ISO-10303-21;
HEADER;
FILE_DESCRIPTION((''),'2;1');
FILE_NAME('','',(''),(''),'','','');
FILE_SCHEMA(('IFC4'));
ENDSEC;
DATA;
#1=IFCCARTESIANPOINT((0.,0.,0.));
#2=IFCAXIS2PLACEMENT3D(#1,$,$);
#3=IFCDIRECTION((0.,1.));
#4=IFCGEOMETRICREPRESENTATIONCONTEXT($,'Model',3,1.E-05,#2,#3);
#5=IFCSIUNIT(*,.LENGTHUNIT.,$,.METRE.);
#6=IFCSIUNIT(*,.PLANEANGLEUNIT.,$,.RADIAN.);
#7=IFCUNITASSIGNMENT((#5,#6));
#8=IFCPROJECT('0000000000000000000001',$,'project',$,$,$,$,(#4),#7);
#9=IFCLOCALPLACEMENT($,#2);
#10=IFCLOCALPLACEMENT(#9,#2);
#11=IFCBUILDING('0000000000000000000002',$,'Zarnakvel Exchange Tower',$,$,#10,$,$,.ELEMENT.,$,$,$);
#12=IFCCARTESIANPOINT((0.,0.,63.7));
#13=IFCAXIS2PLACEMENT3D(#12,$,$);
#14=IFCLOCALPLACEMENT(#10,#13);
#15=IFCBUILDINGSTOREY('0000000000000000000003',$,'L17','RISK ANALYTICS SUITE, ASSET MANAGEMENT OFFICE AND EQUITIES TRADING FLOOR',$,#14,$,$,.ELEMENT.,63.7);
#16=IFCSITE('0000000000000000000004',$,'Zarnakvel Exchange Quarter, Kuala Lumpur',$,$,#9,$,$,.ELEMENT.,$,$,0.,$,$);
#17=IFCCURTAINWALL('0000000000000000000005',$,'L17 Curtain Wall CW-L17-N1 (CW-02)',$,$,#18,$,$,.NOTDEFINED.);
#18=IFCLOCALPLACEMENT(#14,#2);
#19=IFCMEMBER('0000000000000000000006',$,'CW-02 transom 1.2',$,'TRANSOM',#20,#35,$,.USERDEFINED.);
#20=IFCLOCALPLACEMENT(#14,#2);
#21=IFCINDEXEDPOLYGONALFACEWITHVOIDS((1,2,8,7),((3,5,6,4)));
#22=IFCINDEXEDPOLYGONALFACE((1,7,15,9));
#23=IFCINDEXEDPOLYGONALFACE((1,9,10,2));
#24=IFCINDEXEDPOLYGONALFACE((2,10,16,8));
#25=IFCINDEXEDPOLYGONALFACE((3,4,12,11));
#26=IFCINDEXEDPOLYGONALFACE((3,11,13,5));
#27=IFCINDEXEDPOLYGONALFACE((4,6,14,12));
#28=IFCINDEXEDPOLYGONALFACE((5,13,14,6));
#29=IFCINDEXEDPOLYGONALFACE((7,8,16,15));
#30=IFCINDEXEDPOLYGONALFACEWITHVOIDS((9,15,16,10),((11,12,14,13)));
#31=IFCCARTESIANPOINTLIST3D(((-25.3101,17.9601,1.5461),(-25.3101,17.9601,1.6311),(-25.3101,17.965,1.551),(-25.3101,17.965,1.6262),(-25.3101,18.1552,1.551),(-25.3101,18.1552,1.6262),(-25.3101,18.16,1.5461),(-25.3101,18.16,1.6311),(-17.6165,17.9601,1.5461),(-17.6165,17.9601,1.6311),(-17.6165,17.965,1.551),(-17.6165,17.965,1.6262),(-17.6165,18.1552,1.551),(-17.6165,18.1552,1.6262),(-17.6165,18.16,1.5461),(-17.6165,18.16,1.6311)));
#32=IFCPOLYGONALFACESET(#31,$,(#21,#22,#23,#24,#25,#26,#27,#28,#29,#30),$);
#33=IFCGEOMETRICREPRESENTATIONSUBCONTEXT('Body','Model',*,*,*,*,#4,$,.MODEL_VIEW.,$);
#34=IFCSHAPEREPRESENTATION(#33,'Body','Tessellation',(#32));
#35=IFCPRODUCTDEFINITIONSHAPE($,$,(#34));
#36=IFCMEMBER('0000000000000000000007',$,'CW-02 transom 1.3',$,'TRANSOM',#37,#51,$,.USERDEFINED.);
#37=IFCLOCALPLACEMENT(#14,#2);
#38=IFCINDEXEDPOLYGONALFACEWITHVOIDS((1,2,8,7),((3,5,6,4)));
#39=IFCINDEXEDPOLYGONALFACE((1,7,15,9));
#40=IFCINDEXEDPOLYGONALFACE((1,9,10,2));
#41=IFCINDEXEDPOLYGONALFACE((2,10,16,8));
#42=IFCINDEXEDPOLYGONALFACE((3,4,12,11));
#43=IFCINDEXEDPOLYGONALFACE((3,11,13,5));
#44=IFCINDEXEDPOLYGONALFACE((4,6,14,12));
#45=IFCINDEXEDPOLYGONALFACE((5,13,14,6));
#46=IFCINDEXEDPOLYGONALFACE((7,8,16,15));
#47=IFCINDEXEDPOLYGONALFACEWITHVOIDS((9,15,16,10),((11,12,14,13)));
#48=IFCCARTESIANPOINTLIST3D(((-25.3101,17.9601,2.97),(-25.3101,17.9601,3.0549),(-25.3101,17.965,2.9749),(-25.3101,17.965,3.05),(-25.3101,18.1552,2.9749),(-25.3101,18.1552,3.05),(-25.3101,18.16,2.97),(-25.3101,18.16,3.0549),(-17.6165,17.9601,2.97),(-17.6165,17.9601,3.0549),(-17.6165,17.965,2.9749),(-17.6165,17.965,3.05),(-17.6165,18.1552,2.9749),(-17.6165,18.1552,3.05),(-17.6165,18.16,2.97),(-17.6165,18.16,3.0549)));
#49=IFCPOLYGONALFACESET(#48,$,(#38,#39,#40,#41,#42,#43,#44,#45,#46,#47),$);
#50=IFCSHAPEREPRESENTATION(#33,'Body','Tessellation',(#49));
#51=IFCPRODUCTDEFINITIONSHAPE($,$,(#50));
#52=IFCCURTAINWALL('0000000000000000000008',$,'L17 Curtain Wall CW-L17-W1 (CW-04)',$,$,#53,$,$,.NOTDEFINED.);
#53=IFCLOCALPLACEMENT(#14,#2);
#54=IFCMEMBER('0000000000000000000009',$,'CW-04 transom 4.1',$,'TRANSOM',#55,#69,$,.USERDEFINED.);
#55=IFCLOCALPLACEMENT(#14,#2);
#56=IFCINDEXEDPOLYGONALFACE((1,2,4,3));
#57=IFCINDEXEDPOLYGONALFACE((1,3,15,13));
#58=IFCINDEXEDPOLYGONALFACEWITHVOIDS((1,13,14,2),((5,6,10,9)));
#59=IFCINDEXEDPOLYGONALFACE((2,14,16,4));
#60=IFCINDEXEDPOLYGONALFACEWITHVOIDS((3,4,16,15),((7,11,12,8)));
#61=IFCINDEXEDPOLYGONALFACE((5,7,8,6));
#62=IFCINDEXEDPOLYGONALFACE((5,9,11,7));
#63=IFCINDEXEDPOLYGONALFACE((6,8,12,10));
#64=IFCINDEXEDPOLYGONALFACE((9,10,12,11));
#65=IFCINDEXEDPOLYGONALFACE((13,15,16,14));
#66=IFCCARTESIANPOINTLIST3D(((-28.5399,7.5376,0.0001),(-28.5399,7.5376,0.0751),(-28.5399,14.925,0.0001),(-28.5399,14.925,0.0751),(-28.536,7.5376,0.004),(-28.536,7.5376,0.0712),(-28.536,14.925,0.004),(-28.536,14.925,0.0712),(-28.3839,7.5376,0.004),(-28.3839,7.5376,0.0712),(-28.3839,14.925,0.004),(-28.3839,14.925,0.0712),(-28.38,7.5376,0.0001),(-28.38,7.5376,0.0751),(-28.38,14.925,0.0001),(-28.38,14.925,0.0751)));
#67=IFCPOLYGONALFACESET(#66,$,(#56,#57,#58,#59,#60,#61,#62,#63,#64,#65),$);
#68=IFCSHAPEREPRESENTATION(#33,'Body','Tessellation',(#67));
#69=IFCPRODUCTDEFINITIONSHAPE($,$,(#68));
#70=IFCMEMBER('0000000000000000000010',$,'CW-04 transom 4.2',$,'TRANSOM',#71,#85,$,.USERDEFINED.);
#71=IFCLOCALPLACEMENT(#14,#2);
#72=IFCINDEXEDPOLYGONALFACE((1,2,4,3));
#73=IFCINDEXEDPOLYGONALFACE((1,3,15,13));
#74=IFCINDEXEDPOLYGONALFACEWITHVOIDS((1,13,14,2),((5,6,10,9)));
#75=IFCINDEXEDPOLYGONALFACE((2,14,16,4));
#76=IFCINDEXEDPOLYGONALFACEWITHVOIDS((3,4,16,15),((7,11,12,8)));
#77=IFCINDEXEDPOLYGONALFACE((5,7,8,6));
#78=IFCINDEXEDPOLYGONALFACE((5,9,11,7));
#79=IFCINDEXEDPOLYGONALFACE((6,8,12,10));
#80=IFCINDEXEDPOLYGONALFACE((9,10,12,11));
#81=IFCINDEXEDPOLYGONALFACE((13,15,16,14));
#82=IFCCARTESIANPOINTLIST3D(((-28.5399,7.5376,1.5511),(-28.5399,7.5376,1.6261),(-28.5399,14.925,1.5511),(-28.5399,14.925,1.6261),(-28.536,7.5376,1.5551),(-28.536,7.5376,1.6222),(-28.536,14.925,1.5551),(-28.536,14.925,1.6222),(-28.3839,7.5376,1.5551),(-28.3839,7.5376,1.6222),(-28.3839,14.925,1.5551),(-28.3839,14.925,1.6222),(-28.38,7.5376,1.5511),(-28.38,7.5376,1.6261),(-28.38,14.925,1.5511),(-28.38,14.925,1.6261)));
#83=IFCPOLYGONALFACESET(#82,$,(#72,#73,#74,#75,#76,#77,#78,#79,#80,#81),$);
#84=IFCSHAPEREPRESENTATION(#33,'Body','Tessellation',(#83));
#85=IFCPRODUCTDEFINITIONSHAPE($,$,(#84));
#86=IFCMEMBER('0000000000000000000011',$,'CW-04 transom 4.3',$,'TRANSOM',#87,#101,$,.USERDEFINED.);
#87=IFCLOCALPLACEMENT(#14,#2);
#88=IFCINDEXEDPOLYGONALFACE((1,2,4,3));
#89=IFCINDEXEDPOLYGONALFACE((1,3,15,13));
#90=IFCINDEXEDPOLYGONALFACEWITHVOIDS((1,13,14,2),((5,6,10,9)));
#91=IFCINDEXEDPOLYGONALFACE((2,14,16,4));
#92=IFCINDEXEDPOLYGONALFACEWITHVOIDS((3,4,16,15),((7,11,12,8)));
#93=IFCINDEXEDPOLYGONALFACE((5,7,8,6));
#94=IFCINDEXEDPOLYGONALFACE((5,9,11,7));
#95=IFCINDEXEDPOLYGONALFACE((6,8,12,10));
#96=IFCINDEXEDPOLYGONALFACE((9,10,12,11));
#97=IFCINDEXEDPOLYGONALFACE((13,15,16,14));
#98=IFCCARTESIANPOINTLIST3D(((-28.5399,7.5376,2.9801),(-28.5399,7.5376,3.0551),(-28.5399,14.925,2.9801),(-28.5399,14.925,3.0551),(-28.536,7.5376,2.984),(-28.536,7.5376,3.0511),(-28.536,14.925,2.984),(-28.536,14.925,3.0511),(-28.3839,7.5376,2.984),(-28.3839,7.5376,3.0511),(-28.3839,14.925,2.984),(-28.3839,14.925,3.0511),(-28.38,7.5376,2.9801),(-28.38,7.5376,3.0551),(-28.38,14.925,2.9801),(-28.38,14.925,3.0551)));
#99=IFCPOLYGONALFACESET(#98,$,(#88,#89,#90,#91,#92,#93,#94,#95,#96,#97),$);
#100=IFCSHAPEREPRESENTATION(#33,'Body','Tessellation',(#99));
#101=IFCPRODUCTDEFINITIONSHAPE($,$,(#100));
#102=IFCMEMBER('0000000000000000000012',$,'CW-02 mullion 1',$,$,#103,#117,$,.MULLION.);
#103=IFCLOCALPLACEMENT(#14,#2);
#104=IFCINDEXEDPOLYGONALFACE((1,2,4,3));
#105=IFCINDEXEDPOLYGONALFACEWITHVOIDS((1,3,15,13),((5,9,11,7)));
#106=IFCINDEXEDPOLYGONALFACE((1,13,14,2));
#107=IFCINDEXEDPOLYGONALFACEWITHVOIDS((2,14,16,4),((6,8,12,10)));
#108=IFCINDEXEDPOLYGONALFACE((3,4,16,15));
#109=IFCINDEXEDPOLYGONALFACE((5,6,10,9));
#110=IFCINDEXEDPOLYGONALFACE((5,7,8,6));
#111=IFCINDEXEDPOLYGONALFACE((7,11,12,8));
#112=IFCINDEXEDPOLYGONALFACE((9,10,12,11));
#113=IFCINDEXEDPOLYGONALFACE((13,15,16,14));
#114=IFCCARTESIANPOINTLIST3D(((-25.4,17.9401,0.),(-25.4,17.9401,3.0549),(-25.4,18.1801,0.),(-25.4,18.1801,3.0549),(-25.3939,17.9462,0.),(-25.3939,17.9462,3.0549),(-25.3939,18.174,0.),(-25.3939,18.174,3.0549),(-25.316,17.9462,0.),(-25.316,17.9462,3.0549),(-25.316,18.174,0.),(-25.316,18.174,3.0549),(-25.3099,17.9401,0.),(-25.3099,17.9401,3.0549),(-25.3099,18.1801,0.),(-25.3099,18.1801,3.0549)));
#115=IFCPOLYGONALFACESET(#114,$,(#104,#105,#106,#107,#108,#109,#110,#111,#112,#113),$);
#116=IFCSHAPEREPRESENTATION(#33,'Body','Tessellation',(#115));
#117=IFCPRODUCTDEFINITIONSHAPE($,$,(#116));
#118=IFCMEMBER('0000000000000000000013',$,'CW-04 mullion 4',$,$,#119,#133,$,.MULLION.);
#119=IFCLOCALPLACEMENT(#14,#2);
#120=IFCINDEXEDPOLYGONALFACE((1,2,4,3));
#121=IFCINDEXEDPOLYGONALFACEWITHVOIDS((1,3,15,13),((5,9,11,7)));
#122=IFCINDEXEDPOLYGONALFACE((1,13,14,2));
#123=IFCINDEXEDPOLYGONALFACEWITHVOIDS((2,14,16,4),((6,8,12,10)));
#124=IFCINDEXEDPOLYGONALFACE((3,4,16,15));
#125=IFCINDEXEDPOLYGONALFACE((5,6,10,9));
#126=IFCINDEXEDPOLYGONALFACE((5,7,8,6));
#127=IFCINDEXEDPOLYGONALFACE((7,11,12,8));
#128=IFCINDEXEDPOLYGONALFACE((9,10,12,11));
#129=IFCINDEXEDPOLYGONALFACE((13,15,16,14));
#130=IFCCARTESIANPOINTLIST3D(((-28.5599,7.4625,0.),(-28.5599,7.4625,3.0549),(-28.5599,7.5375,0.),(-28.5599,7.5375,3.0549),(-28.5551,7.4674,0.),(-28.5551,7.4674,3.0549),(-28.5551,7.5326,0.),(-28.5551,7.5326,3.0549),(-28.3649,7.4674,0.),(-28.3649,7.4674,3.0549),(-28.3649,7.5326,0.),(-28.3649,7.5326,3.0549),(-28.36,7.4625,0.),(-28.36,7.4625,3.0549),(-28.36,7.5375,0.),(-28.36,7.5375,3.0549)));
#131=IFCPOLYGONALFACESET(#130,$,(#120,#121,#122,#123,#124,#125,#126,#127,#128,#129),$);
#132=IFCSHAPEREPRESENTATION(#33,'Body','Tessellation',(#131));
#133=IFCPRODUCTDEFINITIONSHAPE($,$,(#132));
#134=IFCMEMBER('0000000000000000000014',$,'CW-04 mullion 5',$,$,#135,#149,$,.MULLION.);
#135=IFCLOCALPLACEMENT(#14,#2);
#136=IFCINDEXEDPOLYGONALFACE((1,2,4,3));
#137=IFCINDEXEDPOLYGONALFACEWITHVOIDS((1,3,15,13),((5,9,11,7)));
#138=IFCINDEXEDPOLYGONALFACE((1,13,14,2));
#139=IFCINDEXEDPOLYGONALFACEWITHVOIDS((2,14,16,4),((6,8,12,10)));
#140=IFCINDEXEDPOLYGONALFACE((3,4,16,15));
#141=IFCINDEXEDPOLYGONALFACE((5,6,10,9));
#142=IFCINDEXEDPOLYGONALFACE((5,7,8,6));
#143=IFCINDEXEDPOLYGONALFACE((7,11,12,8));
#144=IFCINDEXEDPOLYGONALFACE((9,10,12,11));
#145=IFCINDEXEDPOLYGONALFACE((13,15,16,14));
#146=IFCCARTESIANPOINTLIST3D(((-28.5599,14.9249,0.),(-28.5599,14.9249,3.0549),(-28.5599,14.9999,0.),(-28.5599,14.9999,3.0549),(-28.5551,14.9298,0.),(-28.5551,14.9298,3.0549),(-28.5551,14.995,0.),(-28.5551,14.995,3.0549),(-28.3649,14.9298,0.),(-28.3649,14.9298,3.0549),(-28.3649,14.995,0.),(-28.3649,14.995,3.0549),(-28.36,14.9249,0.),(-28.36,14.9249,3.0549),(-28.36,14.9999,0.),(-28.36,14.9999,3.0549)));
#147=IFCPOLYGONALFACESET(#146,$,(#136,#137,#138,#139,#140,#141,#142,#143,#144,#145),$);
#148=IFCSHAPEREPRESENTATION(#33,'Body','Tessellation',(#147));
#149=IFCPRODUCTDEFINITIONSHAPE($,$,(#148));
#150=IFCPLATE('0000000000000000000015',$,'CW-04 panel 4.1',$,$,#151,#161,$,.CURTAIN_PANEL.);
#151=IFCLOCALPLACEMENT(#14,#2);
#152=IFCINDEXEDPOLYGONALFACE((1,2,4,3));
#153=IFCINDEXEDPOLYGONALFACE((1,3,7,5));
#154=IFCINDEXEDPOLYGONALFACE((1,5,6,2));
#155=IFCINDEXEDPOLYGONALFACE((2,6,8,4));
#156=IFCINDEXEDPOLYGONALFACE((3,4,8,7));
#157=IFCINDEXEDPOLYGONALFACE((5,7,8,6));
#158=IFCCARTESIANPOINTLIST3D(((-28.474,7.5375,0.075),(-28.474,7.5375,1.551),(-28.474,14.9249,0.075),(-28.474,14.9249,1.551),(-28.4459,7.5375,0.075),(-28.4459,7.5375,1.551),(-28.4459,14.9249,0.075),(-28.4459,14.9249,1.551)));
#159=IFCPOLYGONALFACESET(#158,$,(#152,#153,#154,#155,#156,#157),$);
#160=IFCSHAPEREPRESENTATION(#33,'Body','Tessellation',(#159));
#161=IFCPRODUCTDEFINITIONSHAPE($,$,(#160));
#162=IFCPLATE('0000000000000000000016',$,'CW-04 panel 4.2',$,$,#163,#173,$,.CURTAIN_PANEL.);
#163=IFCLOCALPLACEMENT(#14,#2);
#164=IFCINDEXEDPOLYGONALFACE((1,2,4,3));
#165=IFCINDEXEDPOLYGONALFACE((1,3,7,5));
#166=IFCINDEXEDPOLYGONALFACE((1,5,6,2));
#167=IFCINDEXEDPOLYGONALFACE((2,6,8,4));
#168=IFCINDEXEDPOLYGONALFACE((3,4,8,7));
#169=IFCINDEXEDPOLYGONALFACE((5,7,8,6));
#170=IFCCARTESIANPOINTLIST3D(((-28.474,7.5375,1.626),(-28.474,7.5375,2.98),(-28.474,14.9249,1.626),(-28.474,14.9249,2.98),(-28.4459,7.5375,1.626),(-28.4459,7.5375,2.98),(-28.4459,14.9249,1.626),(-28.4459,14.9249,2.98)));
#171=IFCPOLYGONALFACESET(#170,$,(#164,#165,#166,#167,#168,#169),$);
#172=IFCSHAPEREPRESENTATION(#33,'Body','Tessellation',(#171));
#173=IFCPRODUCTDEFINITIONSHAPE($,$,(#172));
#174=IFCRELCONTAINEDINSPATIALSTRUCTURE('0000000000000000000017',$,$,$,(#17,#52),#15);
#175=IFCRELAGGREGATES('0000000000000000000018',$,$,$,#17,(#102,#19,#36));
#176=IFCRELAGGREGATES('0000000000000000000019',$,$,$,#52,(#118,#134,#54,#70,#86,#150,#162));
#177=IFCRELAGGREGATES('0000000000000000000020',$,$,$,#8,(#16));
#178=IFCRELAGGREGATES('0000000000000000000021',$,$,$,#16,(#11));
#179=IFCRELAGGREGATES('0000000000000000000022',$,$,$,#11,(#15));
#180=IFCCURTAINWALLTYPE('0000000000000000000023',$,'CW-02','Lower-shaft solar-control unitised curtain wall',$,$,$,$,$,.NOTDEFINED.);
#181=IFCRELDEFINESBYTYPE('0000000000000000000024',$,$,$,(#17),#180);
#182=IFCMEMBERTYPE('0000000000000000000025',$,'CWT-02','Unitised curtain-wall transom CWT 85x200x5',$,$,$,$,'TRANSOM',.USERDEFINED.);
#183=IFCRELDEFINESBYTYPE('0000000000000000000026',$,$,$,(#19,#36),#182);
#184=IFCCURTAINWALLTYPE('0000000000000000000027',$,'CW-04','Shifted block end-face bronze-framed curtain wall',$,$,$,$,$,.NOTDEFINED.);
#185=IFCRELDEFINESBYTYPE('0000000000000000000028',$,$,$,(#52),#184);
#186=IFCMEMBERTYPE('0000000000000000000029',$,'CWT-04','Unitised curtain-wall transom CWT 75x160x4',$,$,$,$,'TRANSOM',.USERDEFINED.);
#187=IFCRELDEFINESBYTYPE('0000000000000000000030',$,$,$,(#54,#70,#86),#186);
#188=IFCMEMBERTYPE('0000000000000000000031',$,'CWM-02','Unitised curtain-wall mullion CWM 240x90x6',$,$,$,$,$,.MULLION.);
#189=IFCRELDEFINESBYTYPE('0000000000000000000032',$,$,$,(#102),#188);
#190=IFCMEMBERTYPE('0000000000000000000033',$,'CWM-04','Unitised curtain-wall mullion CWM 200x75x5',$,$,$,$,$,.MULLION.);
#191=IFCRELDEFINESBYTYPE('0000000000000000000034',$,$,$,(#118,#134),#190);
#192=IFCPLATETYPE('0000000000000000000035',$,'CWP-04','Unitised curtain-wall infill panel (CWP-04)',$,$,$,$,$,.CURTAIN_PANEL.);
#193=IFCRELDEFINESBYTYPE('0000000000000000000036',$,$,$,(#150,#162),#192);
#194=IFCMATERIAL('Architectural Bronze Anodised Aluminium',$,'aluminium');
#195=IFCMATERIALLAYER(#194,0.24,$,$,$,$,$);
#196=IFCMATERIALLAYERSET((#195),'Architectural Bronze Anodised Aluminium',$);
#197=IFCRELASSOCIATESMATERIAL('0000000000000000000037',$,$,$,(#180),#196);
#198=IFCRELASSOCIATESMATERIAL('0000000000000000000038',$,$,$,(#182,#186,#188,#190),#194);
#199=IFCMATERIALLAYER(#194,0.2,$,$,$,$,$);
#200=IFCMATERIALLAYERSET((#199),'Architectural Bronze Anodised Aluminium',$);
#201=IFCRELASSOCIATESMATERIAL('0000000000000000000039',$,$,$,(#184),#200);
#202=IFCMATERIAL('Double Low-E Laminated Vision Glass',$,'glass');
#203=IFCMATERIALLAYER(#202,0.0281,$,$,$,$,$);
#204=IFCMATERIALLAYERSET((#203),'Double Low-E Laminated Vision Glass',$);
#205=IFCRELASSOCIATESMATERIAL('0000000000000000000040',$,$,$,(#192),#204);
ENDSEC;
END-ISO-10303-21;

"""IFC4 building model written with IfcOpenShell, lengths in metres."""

from ifc_helpers import new_model, si_unit, direction, frame, origin, origin_2d, place, context, subcontext, project, spatial, rectangle, hollow_rectangle, extrude, source, transform, mapped, material, layer, layer_set, material_profile, profile_set, type_object, element, aggregate, save


model = new_model("IFC4")

# Units and contexts
model_context = context("Model", 3, precision=1e-05, world=origin(), true_north=direction((0.0, 1.0)))
body_context = subcontext(model_context, "Body", "Model", "MODEL_VIEW")
ifc_project = project(units=[si_unit("LENGTHUNIT", "METRE"), si_unit("PLANEANGLEUNIT", "RADIAN")], contexts=[model_context])

# Site, building, storey
site_placement = place(None, origin())
site = spatial("IfcSite", under=ifc_project, at=site_placement, Name="Zarnakvel Exchange Quarter, Kuala Lumpur", CompositionType="ELEMENT", RefElevation=0.0)
building_placement = place(site_placement, origin())
building = spatial("IfcBuilding", under=site, at=building_placement, Name="Zarnakvel Exchange Tower", CompositionType="ELEMENT")
storey_placement = place(building_placement, frame((0.0, 0.0, 63.7)))
storey = spatial("IfcBuildingStorey", under=building, at=storey_placement, Name="L17", Description="RISK ANALYTICS SUITE, ASSET MANAGEMENT OFFICE AND EQUITIES TRADING FLOOR", CompositionType="ELEMENT", Elevation=63.7)

# Curtain walls, members
ifc_material_1 = material(Name="Architectural Bronze Anodised Aluminium", Category="aluminium")
ifc_layer_1 = layer(ifc_material_1, 0.24)
ifc_layer_set_1 = layer_set([ifc_layer_1], Name="Architectural Bronze Anodised Aluminium")
curtain_wall_type_1 = type_object("IfcCurtainWallType", Name="CW-02", Description="Lower-shaft solar-control unitised curtain wall", PredefinedType="NOTDEFINED", material=ifc_layer_set_1)
curtain_wall_1_placement = place(storey_placement, origin())
curtain_wall_1 = element("IfcCurtainWall", 1, at=curtain_wall_1_placement, inside=storey, type_object=curtain_wall_type_1, Name="L17 Curtain Wall CW-L17-N1 (CW-02)", PredefinedType="NOTDEFINED")
ifc_material_profile_1 = material_profile(ifc_material_1, hollow_rectangle(XDim=0.2, YDim=0.085, WallThickness=0.0049, at=origin_2d()))
ifc_profile_set_1 = profile_set([ifc_material_profile_1], Name="Architectural Bronze Anodised Aluminium")
member_type_1 = type_object("IfcMemberType", Name="CWT-02", Description="Unitised curtain-wall transom CWT 85x200x5", ElementType="TRANSOM", PredefinedType="USERDEFINED", material=ifc_profile_set_1)
shared_shape_1 = source(origin(), body_context, "Body", "SweptSolid", [
    extrude(hollow_rectangle(XDim=0.2, YDim=0.085, WallThickness=0.0049, at=origin_2d()), origin(), (0.0, 0.0, 1.0), 7.6936),
])
member_1_placement = place(storey_placement, frame((-25.3101, 18.0601, 1.5886), z_axis=(1.0, 0.0, 0.0), x_axis=(0.0, 1.0, 0.0)))
member_1 = element("IfcMember", 2, at=member_1_placement, type_object=member_type_1, Name="CW-02 transom 1.2", ObjectType="TRANSOM", PredefinedType="USERDEFINED", context=body_context, shape_type="MappedRepresentation", body=[
    mapped(shared_shape_1, transform((0.0, 0.0, 0.0), x_axis=(1.0, 0.0, 0.0), y_axis=(0.0, 1.0, 0.0), z_axis=(0.0, 0.0, 1.0), scale=1.0)),
])
member_2_placement = place(storey_placement, frame((-25.3101, 18.0601, 3.0125), z_axis=(1.0, 0.0, 0.0), x_axis=(0.0, 1.0, 0.0)))
member_2 = element("IfcMember", 3, at=member_2_placement, type_object=member_type_1, Name="CW-02 transom 1.3", ObjectType="TRANSOM", PredefinedType="USERDEFINED", context=body_context, shape_type="MappedRepresentation", body=[
    mapped(shared_shape_1, transform((0.0, 0.0, 0.0), x_axis=(1.0, 0.0, 0.0), y_axis=(0.0, 1.0, 0.0), z_axis=(0.0, 0.0, 1.0), scale=1.0)),
])
ifc_layer_2 = layer(ifc_material_1, 0.2)
ifc_layer_set_2 = layer_set([ifc_layer_2], Name="Architectural Bronze Anodised Aluminium")
curtain_wall_type_2 = type_object("IfcCurtainWallType", Name="CW-04", Description="Shifted block end-face bronze-framed curtain wall", PredefinedType="NOTDEFINED", material=ifc_layer_set_2)
curtain_wall_2_placement = place(storey_placement, origin())
curtain_wall_2 = element("IfcCurtainWall", 4, at=curtain_wall_2_placement, inside=storey, type_object=curtain_wall_type_2, Name="L17 Curtain Wall CW-L17-W1 (CW-04)", PredefinedType="NOTDEFINED")
ifc_material_profile_2 = material_profile(ifc_material_1, hollow_rectangle(XDim=0.1599, YDim=0.075, WallThickness=0.0039, at=origin_2d()))
ifc_profile_set_2 = profile_set([ifc_material_profile_2], Name="Architectural Bronze Anodised Aluminium")
member_type_2 = type_object("IfcMemberType", Name="CWT-04", Description="Unitised curtain-wall transom CWT 75x160x4", ElementType="TRANSOM", PredefinedType="USERDEFINED", material=ifc_profile_set_2)
shared_shape_2 = source(origin(), body_context, "Body", "SweptSolid", [
    extrude(hollow_rectangle(XDim=0.1599, YDim=0.075, WallThickness=0.0039, at=origin_2d()), origin(), (0.0, 0.0, 1.0), 7.3875),
])
member_3_placement = place(storey_placement, frame((-28.46, 7.5376, 0.0376), z_axis=(0.0, 1.0, 0.0), x_axis=(-1.0, 0.0, 0.0)))
member_3 = element("IfcMember", 5, at=member_3_placement, type_object=member_type_2, Name="CW-04 transom 4.1", ObjectType="TRANSOM", PredefinedType="USERDEFINED", context=body_context, shape_type="MappedRepresentation", body=[
    mapped(shared_shape_2, transform((0.0, 0.0, 0.0), x_axis=(1.0, 0.0, 0.0), y_axis=(0.0, 1.0, 0.0), z_axis=(0.0, 0.0, 1.0), scale=1.0)),
])
member_4_placement = place(storey_placement, frame((-28.46, 7.5376, 1.5886), z_axis=(0.0, 1.0, 0.0), x_axis=(-1.0, 0.0, 0.0)))
member_4 = element("IfcMember", 6, at=member_4_placement, type_object=member_type_2, Name="CW-04 transom 4.2", ObjectType="TRANSOM", PredefinedType="USERDEFINED", context=body_context, shape_type="MappedRepresentation", body=[
    mapped(shared_shape_2, transform((0.0, 0.0, 0.0), x_axis=(1.0, 0.0, 0.0), y_axis=(0.0, 1.0, 0.0), z_axis=(0.0, 0.0, 1.0), scale=1.0)),
])
member_5_placement = place(storey_placement, frame((-28.46, 7.5376, 3.0176), z_axis=(0.0, 1.0, 0.0), x_axis=(-1.0, 0.0, 0.0)))
member_5 = element("IfcMember", 7, at=member_5_placement, type_object=member_type_2, Name="CW-04 transom 4.3", ObjectType="TRANSOM", PredefinedType="USERDEFINED", context=body_context, shape_type="MappedRepresentation", body=[
    mapped(shared_shape_2, transform((0.0, 0.0, 0.0), x_axis=(1.0, 0.0, 0.0), y_axis=(0.0, 1.0, 0.0), z_axis=(0.0, 0.0, 1.0), scale=1.0)),
])

# Members
ifc_material_profile_3 = material_profile(ifc_material_1, hollow_rectangle(XDim=0.24, YDim=0.0901, WallThickness=0.0061, at=origin_2d()))
ifc_profile_set_3 = profile_set([ifc_material_profile_3], Name="Architectural Bronze Anodised Aluminium")
member_type_3 = type_object("IfcMemberType", Name="CWM-02", Description="Unitised curtain-wall mullion CWM 240x90x6", PredefinedType="MULLION", material=ifc_profile_set_3)
shared_shape_3 = source(origin(), body_context, "Body", "SweptSolid", [
    extrude(hollow_rectangle(XDim=0.24, YDim=0.0901, WallThickness=0.0061, at=origin_2d()), origin(), (0.0, 0.0, 1.0), 3.0549),
])
member_6_placement = place(storey_placement, frame((-25.355, 18.0601, 0.0), z_axis=(0.0, 0.0, 1.0), x_axis=(0.0, 1.0, 0.0)))
member_6 = element("IfcMember", 8, at=member_6_placement, type_object=member_type_3, Name="CW-02 mullion 1", PredefinedType="MULLION", context=body_context, shape_type="MappedRepresentation", body=[
    mapped(shared_shape_3, transform((0.0, 0.0, 0.0), x_axis=(1.0, 0.0, 0.0), y_axis=(0.0, 1.0, 0.0), z_axis=(0.0, 0.0, 1.0), scale=1.0)),
])
aggregate(curtain_wall_1, [member_6, member_1, member_2])
ifc_material_profile_4 = material_profile(ifc_material_1, hollow_rectangle(XDim=0.2, YDim=0.075, WallThickness=0.0049, at=origin_2d()))
ifc_profile_set_4 = profile_set([ifc_material_profile_4], Name="Architectural Bronze Anodised Aluminium")
member_type_4 = type_object("IfcMemberType", Name="CWM-04", Description="Unitised curtain-wall mullion CWM 200x75x5", PredefinedType="MULLION", material=ifc_profile_set_4)
shared_shape_4 = source(origin(), body_context, "Body", "SweptSolid", [
    extrude(hollow_rectangle(XDim=0.2, YDim=0.075, WallThickness=0.0049, at=origin_2d()), origin(), (0.0, 0.0, 1.0), 3.0549),
])
member_7_placement = place(storey_placement, frame((-28.46, 7.5, 0.0), z_axis=(0.0, 0.0, 1.0), x_axis=(-1.0, 0.0, 0.0)))
member_7 = element("IfcMember", 9, at=member_7_placement, type_object=member_type_4, Name="CW-04 mullion 4", PredefinedType="MULLION", context=body_context, shape_type="MappedRepresentation", body=[
    mapped(shared_shape_4, transform((0.0, 0.0, 0.0), x_axis=(1.0, 0.0, 0.0), y_axis=(0.0, 1.0, 0.0), z_axis=(0.0, 0.0, 1.0), scale=1.0)),
])
member_8_placement = place(storey_placement, frame((-28.46, 14.9624, 0.0), z_axis=(0.0, 0.0, 1.0), x_axis=(-1.0, 0.0, 0.0)))
member_8 = element("IfcMember", 10, at=member_8_placement, type_object=member_type_4, Name="CW-04 mullion 5", PredefinedType="MULLION", context=body_context, shape_type="MappedRepresentation", body=[
    mapped(shared_shape_4, transform((0.0, 0.0, 0.0), x_axis=(1.0, 0.0, 0.0), y_axis=(0.0, 1.0, 0.0), z_axis=(0.0, 0.0, 1.0), scale=1.0)),
])

# Plates
ifc_material_2 = material(Name="Double Low-E Laminated Vision Glass", Category="glass")
ifc_layer_3 = layer(ifc_material_2, 0.0281)
ifc_layer_set_3 = layer_set([ifc_layer_3], Name="Double Low-E Laminated Vision Glass")
plate_type = type_object("IfcPlateType", Name="CWP-04", Description="Unitised curtain-wall infill panel (CWP-04)", PredefinedType="CURTAIN_PANEL", material=ifc_layer_set_3)
shared_shape_5 = source(origin(), body_context, "Body", "SweptSolid", [
    extrude(rectangle(XDim=7.3875, YDim=0.0281, at=origin_2d()), origin(), (0.0, 0.0, 1.0), 1.4761),
])
plate_1_placement = place(storey_placement, frame((-28.46, 11.2312, 0.075), z_axis=(0.0, 0.0, 1.0), x_axis=(0.0, 1.0, 0.0)))
plate_1 = element("IfcPlate", 11, at=plate_1_placement, type_object=plate_type, Name="CW-04 panel 4.1", PredefinedType="CURTAIN_PANEL", context=body_context, shape_type="MappedRepresentation", body=[
    mapped(shared_shape_5, transform((0.0, 0.0, 0.0), x_axis=(1.0, 0.0, 0.0), y_axis=(0.0, 1.0, 0.0), z_axis=(0.0, 0.0, 1.0), scale=1.0)),
])
shared_shape_6 = source(origin(), body_context, "Body", "SweptSolid", [
    extrude(rectangle(XDim=7.3875, YDim=0.0281, at=origin_2d()), origin(), (0.0, 0.0, 1.0), 1.354),
])
plate_2_placement = place(storey_placement, frame((-28.46, 11.2312, 1.626), z_axis=(0.0, 0.0, 1.0), x_axis=(0.0, 1.0, 0.0)))
plate_2 = element("IfcPlate", 12, at=plate_2_placement, type_object=plate_type, Name="CW-04 panel 4.2", PredefinedType="CURTAIN_PANEL", context=body_context, shape_type="MappedRepresentation", body=[
    mapped(shared_shape_6, transform((0.0, 0.0, 0.0), x_axis=(1.0, 0.0, 0.0), y_axis=(0.0, 1.0, 0.0), z_axis=(0.0, 0.0, 1.0), scale=1.0)),
])
aggregate(curtain_wall_2, [member_7, member_8, member_3, member_4, member_5, plate_1, plate_2])

save(model, "model.ifc")
